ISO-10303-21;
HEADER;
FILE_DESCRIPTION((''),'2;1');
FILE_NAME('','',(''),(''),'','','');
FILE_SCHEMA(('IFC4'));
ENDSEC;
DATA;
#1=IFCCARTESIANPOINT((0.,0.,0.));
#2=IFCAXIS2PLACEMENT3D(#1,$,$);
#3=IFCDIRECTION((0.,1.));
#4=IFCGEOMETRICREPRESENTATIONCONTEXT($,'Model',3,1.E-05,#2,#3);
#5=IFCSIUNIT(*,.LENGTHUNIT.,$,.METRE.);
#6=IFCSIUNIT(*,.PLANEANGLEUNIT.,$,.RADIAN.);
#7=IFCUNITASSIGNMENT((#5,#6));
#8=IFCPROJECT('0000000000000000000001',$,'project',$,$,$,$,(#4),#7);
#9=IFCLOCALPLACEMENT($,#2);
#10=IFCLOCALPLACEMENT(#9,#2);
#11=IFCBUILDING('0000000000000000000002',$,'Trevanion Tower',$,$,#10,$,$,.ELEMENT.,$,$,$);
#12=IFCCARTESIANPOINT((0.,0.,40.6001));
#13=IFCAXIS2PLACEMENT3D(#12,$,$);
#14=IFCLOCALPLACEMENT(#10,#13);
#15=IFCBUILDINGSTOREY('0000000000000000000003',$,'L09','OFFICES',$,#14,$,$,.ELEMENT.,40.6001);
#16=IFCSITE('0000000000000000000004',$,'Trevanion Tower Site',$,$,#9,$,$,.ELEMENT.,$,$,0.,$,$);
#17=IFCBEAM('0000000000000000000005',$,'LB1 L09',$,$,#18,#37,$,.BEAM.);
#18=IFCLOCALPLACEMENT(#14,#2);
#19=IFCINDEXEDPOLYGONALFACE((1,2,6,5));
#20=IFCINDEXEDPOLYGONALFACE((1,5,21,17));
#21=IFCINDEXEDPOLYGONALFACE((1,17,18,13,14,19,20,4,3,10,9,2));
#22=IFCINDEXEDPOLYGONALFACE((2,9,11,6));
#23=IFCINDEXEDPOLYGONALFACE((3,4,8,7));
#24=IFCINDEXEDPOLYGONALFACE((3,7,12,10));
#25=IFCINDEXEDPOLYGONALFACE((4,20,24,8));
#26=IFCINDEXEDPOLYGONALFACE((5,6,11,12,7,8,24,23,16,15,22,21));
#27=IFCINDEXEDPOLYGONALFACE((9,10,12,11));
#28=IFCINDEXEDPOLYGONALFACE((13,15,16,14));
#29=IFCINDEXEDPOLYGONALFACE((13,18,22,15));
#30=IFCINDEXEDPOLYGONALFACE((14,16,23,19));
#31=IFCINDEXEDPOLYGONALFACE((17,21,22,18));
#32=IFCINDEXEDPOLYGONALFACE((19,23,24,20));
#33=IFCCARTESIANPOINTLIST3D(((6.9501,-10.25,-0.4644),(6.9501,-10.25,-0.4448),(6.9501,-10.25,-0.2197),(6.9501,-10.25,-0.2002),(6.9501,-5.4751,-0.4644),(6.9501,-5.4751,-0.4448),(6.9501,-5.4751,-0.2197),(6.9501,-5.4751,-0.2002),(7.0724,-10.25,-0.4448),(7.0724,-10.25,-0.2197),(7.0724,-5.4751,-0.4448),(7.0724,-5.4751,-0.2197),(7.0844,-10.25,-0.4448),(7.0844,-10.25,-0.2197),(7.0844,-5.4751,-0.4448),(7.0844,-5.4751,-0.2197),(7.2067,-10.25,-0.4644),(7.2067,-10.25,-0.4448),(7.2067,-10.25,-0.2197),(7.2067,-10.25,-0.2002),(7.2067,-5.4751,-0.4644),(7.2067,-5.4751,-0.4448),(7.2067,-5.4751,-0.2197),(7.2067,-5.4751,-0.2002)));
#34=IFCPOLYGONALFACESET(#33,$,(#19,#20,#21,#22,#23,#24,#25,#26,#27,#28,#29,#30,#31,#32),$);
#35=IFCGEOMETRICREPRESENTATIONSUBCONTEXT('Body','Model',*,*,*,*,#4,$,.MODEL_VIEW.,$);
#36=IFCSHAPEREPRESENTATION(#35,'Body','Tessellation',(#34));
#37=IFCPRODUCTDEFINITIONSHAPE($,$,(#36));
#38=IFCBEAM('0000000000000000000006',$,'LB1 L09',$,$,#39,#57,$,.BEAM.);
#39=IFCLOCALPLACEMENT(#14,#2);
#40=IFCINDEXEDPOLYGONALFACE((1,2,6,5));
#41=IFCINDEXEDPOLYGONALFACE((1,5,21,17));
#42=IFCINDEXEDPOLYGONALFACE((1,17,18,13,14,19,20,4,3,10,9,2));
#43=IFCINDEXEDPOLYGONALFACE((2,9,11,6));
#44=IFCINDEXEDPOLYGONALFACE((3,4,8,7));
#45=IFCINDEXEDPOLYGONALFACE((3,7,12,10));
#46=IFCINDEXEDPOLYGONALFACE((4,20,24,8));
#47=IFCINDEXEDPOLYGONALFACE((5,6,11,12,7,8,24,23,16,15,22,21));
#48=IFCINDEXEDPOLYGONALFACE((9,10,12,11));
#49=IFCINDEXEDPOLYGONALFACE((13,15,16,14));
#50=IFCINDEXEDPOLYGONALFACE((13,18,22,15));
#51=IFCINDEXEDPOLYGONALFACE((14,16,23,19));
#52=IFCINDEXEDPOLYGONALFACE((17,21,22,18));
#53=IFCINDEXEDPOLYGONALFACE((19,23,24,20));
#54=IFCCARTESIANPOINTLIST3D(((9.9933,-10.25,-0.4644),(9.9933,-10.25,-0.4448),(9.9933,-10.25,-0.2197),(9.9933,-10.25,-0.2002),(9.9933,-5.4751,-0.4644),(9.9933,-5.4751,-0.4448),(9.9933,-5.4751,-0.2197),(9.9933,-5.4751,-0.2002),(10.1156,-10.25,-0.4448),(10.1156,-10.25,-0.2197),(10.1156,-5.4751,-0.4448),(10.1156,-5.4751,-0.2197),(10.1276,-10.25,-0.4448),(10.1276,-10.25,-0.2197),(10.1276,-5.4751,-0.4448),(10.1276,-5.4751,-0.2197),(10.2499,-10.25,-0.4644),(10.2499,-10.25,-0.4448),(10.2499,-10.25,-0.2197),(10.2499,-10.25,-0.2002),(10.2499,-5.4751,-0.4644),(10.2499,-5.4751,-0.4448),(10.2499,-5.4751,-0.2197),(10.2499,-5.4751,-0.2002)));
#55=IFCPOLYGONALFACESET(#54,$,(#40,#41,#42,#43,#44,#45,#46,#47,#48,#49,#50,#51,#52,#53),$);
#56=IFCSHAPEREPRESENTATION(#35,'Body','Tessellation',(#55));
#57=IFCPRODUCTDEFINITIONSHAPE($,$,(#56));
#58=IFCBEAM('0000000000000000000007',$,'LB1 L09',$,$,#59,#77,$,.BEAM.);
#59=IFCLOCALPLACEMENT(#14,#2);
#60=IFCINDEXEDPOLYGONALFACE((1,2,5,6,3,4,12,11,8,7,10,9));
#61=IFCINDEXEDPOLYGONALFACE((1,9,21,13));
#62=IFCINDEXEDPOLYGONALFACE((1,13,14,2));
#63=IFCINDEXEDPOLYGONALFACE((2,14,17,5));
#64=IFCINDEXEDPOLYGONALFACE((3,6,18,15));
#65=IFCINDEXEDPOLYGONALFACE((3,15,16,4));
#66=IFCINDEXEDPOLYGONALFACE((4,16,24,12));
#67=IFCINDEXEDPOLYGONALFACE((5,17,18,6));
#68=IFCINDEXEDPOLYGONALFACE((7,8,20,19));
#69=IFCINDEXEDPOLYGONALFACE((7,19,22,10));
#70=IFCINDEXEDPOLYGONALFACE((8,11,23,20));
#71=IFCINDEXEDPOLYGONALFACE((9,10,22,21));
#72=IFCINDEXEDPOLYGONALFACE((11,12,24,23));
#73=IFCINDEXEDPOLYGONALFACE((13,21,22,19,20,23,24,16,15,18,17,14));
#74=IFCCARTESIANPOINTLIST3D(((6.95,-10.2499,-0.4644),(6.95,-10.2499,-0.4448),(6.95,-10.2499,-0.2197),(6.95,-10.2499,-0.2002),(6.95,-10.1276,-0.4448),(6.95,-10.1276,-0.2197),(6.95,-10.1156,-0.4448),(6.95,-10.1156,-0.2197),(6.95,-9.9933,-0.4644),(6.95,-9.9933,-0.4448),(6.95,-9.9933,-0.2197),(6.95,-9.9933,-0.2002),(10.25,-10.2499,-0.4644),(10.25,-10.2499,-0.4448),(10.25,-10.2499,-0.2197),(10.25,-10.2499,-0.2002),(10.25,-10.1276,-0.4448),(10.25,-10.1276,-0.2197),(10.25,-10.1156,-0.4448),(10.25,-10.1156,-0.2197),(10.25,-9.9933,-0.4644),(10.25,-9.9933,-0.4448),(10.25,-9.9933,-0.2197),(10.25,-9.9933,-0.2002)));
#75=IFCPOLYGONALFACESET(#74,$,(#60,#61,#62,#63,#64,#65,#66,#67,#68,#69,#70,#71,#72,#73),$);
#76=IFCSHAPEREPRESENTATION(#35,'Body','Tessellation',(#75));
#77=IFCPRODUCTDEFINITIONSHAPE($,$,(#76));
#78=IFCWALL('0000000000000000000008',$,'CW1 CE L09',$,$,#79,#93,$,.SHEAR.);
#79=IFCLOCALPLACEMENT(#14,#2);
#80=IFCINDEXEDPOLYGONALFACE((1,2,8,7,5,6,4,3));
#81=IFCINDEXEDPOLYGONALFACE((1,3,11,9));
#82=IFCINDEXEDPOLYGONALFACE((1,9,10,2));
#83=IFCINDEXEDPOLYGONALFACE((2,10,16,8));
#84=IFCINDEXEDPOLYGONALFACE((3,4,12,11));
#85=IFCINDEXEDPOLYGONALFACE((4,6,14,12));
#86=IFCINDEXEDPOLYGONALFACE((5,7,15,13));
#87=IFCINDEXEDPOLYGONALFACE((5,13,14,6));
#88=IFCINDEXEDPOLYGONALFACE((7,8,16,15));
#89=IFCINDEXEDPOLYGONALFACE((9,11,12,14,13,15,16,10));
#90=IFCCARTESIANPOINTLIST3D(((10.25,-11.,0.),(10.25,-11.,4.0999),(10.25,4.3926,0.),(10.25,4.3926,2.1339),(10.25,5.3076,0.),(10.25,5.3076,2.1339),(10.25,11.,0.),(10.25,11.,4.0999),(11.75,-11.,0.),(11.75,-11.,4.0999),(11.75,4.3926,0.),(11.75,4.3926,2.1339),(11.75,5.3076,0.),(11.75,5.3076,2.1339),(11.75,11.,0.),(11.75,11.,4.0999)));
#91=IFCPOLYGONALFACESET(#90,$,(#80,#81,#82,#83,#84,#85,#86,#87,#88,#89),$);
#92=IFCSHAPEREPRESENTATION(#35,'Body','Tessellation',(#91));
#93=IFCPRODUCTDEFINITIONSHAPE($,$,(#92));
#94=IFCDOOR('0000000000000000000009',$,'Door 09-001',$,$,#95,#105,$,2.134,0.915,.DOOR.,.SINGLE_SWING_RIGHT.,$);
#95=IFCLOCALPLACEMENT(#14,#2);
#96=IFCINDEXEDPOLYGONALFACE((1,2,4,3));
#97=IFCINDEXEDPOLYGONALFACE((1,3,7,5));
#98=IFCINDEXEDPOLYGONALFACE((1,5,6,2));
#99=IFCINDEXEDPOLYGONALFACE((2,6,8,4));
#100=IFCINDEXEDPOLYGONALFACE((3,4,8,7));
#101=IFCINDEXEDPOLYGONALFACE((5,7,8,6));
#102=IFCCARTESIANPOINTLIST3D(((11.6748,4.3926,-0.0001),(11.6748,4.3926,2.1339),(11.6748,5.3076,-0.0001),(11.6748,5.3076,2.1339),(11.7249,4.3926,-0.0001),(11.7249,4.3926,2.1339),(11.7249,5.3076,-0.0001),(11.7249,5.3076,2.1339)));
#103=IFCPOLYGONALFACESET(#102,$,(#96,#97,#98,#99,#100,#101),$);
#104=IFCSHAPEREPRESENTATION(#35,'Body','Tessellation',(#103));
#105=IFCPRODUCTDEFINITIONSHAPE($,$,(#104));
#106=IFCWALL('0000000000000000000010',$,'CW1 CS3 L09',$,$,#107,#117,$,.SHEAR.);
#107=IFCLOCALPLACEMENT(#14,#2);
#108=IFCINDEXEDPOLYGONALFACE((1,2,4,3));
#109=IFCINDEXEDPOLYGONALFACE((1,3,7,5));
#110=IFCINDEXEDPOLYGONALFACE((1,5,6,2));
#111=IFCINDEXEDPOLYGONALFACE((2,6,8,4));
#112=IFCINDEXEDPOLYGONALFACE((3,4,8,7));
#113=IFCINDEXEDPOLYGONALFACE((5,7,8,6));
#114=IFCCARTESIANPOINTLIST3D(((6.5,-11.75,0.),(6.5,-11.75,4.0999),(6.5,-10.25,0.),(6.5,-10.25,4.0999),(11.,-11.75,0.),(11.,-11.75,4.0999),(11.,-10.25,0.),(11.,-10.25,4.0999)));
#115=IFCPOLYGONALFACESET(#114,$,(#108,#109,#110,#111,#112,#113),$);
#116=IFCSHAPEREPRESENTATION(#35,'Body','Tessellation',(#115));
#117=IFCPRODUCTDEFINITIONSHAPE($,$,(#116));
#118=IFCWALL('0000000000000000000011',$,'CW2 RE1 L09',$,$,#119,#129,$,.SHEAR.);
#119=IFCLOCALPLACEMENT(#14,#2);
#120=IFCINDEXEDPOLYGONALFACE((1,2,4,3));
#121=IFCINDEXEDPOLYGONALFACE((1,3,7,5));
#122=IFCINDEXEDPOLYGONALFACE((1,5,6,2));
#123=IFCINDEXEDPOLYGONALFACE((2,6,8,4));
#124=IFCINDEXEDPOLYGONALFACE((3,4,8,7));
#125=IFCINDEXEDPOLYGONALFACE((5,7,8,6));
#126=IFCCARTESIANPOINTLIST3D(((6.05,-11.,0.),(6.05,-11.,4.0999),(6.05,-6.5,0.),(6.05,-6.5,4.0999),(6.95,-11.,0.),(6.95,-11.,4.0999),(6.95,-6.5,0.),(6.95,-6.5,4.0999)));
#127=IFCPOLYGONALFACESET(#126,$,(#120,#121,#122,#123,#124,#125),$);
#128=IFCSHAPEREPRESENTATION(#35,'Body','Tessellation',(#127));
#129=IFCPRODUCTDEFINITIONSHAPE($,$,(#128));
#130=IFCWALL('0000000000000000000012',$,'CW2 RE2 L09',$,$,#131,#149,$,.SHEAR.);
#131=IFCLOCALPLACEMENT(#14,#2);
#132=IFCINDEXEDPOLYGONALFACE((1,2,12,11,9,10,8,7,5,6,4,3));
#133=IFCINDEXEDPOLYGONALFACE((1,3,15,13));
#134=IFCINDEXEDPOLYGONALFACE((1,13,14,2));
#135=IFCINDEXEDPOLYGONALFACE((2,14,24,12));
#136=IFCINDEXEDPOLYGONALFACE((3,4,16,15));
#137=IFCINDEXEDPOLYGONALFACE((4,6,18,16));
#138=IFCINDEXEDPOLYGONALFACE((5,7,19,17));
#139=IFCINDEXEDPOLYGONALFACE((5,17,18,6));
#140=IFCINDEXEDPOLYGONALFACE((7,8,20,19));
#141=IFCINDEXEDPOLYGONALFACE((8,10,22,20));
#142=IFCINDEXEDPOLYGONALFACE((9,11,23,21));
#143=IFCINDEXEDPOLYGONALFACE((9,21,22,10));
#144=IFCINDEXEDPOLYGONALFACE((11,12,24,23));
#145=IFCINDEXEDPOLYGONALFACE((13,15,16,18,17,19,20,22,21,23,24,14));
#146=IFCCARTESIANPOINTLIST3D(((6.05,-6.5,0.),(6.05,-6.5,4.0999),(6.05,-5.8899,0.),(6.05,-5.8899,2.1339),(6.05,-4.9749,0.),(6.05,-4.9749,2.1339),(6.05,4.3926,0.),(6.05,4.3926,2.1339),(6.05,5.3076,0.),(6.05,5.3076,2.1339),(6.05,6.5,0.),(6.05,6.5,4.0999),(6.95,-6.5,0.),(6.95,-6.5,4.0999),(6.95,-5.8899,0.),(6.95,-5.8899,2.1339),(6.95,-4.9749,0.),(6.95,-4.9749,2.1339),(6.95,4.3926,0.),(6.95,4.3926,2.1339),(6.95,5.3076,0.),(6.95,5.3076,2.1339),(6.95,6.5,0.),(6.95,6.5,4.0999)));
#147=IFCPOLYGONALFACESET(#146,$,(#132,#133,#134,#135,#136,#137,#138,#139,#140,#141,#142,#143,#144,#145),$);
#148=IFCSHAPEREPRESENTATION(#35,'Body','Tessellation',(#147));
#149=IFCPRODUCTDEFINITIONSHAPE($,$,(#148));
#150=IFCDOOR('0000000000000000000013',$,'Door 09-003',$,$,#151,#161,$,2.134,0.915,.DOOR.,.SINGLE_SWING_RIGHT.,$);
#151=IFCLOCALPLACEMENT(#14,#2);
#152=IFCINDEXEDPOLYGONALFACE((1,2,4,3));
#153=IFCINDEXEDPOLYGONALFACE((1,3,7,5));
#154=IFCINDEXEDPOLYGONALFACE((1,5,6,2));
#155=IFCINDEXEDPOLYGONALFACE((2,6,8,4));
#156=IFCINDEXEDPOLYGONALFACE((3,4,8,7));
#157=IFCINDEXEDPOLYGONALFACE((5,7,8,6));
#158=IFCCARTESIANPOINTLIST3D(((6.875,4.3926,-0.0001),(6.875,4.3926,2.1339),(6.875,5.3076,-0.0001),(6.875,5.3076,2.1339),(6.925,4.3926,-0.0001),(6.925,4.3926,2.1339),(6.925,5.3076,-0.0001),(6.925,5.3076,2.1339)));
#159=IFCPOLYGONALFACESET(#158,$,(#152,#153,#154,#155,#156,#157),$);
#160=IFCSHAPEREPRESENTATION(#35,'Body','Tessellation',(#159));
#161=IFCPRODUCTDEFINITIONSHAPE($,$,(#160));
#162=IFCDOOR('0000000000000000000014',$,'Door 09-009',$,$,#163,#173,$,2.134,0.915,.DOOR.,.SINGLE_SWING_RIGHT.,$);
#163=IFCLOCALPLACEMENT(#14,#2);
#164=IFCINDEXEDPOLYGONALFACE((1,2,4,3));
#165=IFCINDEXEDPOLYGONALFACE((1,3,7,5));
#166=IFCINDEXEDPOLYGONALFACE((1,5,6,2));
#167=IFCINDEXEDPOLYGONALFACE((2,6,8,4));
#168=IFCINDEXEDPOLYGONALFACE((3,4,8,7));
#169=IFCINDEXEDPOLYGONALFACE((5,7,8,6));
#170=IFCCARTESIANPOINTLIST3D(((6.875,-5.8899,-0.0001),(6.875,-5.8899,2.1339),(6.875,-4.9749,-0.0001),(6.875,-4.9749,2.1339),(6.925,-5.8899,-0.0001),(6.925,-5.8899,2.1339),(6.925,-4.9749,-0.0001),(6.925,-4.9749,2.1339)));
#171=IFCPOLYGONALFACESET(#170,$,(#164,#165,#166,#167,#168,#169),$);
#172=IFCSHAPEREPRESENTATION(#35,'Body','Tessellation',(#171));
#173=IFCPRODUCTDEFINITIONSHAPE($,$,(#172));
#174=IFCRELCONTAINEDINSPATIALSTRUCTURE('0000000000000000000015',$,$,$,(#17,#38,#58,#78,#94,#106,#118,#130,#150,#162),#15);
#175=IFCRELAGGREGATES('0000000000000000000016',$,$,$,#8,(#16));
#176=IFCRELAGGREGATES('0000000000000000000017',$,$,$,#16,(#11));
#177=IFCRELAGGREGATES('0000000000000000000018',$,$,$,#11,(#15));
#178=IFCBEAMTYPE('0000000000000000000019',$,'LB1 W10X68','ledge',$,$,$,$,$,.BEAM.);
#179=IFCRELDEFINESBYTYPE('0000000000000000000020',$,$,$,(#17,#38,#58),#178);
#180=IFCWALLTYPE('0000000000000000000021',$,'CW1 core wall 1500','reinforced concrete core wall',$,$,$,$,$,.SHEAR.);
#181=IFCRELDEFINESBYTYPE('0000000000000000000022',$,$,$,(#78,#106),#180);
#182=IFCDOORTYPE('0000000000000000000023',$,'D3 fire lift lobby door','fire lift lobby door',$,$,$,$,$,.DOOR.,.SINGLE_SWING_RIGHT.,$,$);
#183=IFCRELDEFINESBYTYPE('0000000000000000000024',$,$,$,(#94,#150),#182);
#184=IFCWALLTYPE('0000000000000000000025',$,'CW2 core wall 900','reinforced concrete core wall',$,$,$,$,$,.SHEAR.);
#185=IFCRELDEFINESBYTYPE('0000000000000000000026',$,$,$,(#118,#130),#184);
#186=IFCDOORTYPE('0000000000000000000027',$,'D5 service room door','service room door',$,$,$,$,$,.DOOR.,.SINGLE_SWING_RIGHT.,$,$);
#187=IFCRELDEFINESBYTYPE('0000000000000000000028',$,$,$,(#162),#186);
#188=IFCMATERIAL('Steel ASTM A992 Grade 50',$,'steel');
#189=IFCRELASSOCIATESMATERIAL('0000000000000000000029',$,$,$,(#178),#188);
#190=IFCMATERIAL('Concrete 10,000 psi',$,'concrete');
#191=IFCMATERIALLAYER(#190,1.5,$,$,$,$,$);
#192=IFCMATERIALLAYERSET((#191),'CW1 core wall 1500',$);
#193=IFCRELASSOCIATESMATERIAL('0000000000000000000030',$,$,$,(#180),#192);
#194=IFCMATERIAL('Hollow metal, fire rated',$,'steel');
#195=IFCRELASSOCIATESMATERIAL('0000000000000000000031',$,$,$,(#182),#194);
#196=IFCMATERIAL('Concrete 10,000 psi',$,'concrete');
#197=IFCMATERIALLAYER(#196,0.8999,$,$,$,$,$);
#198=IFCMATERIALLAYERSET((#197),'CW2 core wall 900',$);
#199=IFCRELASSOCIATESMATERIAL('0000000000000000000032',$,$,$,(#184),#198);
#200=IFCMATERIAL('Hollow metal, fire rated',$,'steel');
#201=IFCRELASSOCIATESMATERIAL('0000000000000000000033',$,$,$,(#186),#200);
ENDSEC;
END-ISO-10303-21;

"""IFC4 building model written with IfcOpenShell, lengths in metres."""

from ifc_helpers import new_model, si_unit, direction, frame, frame_2d, origin, origin_2d, place, context, subcontext, project, spatial, rectangle, i_section, extrude, material, layer, layer_set, material_profile, profile_set, type_object, element, fill, save


model = new_model("IFC4")

# Units and contexts
model_context = context("Model", 3, precision=1e-05, world=origin(), true_north=direction((0.0, 1.0)))
body_context = subcontext(model_context, "Body", "Model", "MODEL_VIEW")
ifc_project = project(units=[si_unit("LENGTHUNIT", "METRE"), si_unit("PLANEANGLEUNIT", "RADIAN")], contexts=[model_context])

# Site, building, storey
site_placement = place(None, origin())
site = spatial("IfcSite", under=ifc_project, at=site_placement, Name="Trevanion Tower Site", CompositionType="ELEMENT", RefElevation=0.0)
building_placement = place(site_placement, origin())
building = spatial("IfcBuilding", under=site, at=building_placement, Name="Trevanion Tower", CompositionType="ELEMENT")
storey_placement = place(building_placement, frame((0.0, 0.0, 40.6001)))
storey = spatial("IfcBuildingStorey", under=building, at=storey_placement, Name="L09", Description="OFFICES", CompositionType="ELEMENT", Elevation=40.6001)

# Beams
ifc_material_1 = material(Name="Steel ASTM A992 Grade 50", Category="steel")
ifc_material_profile_1 = material_profile(ifc_material_1, i_section(OverallWidth=0.2566, OverallDepth=0.2642, WebThickness=0.012, FlangeThickness=0.0195, at=origin_2d()), Name="W10X68")
ifc_profile_set_1 = profile_set([ifc_material_profile_1], Name="Steel ASTM A992 Grade 50")
beam_type_1 = type_object("IfcBeamType", Name="LB1 W10X68", Description="ledge", PredefinedType="BEAM", material=ifc_profile_set_1)
for number, where, z_axis, x_axis, name in (
    (1, (7.0784, -10.25, -0.3323), (0.0, 1.0, 0.0), (-1.0, 0.0, 0.0), "LB1 L09"),
    (2, (10.1216, -10.25, -0.3323), (0.0, 1.0, 0.0), (-1.0, 0.0, 0.0), "LB1 L09"),
):
    element("IfcBeam", number, at=place(storey_placement, frame(where, z_axis=z_axis, x_axis=x_axis)), inside=storey, type_object=beam_type_1, Name=name, PredefinedType="BEAM", context=body_context, shape_type="SweptSolid", body=[
        extrude(i_section(OverallWidth=0.2566, OverallDepth=0.2642, WebThickness=0.012, FlangeThickness=0.0195, at=origin_2d()), origin(), (0.0, 0.0, 1.0), 4.7749),
    ])
beam_1_placement = place(storey_placement, frame((6.95, -10.1216, -0.3323), z_axis=(1.0, 0.0, 0.0), x_axis=(0.0, 1.0, 0.0)))
element("IfcBeam", 3, at=beam_1_placement, inside=storey, type_object=beam_type_1, Name="LB1 L09", PredefinedType="BEAM", context=body_context, shape_type="SweptSolid", body=[
    extrude(i_section(OverallWidth=0.2566, OverallDepth=0.2642, WebThickness=0.012, FlangeThickness=0.0195, at=origin_2d()), origin(), (0.0, 0.0, 1.0), 3.3),
])

# Wall, opening, door
ifc_material_2 = material(Name="Concrete 10,000 psi", Category="concrete")
ifc_layer_1 = layer(ifc_material_2, 1.5)
ifc_layer_set_1 = layer_set([ifc_layer_1], Name="CW1 core wall 1500")
wall_type_1 = type_object("IfcWallType", Name="CW1 core wall 1500", Description="reinforced concrete core wall", PredefinedType="SHEAR", material=ifc_layer_set_1)
wall_1_placement = place(storey_placement, frame((11.0, -11.0, 0.0), z_axis=(0.0, 0.0, 1.0), x_axis=(0.0, 1.0, 0.0)))
wall_1 = element("IfcWall", 4, at=wall_1_placement, inside=storey, type_object=wall_type_1, Name="CW1 CE L09", PredefinedType="SHEAR", context=body_context, shape_type="SweptSolid", body=[
    extrude(rectangle(XDim=22.0, YDim=1.5, at=frame_2d((11.0, 0.0))), origin(), (0.0, 0.0, 1.0), 4.0999),
])
opening_1_placement = place(wall_1_placement, frame((15.3926, 0.0, 0.0)))
opening_1 = element("IfcOpeningElement", 5, at=opening_1_placement, cuts=wall_1, PredefinedType="OPENING", context=body_context, shape_type="SweptSolid", body=[
    extrude(rectangle(XDim=0.915, YDim=2.134, at=frame_2d((0.4575, 1.0669))), frame((0.0, 0.76, 0.0), z_axis=(0.0, -1.0, 0.0), x_axis=(1.0, 0.0, 0.0)), (0.0, 0.0, 1.0), 1.52),
])
ifc_material_3 = material(Name="Hollow metal, fire rated", Category="steel")
door_type_1 = type_object("IfcDoorType", Name="D3 fire lift lobby door", Description="fire lift lobby door", OperationType="SINGLE_SWING_RIGHT", PredefinedType="DOOR", material=ifc_material_3)
door_1_placement = place(opening_1_placement, origin())
door_1 = element("IfcDoor", 6, at=door_1_placement, inside=storey, type_object=door_type_1, Name="Door 09-001", OperationType="SINGLE_SWING_RIGHT", OverallHeight=2.134, OverallWidth=0.915, PredefinedType="DOOR", context=body_context, shape_type="SweptSolid", body=[
    extrude(rectangle(XDim=0.915, YDim=2.134, at=frame_2d((0.4575, 1.0669))), frame((0.0, -0.6748, 0.0), z_axis=(0.0, -1.0, 0.0), x_axis=(1.0, 0.0, 0.0)), (0.0, 0.0, 1.0), 0.05),
])
fill(opening_1, door_1)

# Walls
wall_2_placement = place(storey_placement, frame((6.5, -11.0, 0.0), z_axis=(0.0, 0.0, 1.0), x_axis=(1.0, 0.0, 0.0)))
element("IfcWall", 7, at=wall_2_placement, inside=storey, type_object=wall_type_1, Name="CW1 CS3 L09", PredefinedType="SHEAR", context=body_context, shape_type="SweptSolid", body=[
    extrude(rectangle(XDim=4.5, YDim=1.5, at=frame_2d((2.25, 0.0))), origin(), (0.0, 0.0, 1.0), 4.0999),
])
ifc_material_4 = material(Name="Concrete 10,000 psi", Category="concrete")
ifc_layer_2 = layer(ifc_material_4, 0.8999)
ifc_layer_set_2 = layer_set([ifc_layer_2], Name="CW2 core wall 900")
wall_type_2 = type_object("IfcWallType", Name="CW2 core wall 900", Description="reinforced concrete core wall", PredefinedType="SHEAR", material=ifc_layer_set_2)
wall_3_placement = place(storey_placement, frame((6.5, -11.0, 0.0), z_axis=(0.0, 0.0, 1.0), x_axis=(0.0, 1.0, 0.0)))
element("IfcWall", 8, at=wall_3_placement, inside=storey, type_object=wall_type_2, Name="CW2 RE1 L09", PredefinedType="SHEAR", context=body_context, shape_type="SweptSolid", body=[
    extrude(rectangle(XDim=4.5, YDim=0.8999, at=frame_2d((2.25, 0.0))), origin(), (0.0, 0.0, 1.0), 4.0999),
])

# Wall, openings, doors
wall_4_placement = place(storey_placement, frame((6.5, -6.5, 0.0), z_axis=(0.0, 0.0, 1.0), x_axis=(0.0, 1.0, 0.0)))
wall_4 = element("IfcWall", 9, at=wall_4_placement, inside=storey, type_object=wall_type_2, Name="CW2 RE2 L09", PredefinedType="SHEAR", context=body_context, shape_type="SweptSolid", body=[
    extrude(rectangle(XDim=13.0, YDim=0.8999, at=frame_2d((6.5, 0.0))), origin(), (0.0, 0.0, 1.0), 4.0999),
])
opening_2_placement = place(wall_4_placement, frame((10.8926, 0.0, 0.0)))
opening_2 = element("IfcOpeningElement", 10, at=opening_2_placement, cuts=wall_4, PredefinedType="OPENING", context=body_context, shape_type="SweptSolid", body=[
    extrude(rectangle(XDim=0.915, YDim=2.134, at=frame_2d((0.4575, 1.0669))), frame((0.0, 0.46, 0.0), z_axis=(0.0, -1.0, 0.0), x_axis=(1.0, 0.0, 0.0)), (0.0, 0.0, 1.0), 0.9199),
])
opening_3_placement = place(wall_4_placement, frame((0.6101, 0.0, 0.0)))
opening_3 = element("IfcOpeningElement", 11, at=opening_3_placement, cuts=wall_4, PredefinedType="OPENING", context=body_context, shape_type="SweptSolid", body=[
    extrude(rectangle(XDim=0.915, YDim=2.134, at=frame_2d((0.4575, 1.0669))), frame((0.0, 0.46, 0.0), z_axis=(0.0, -1.0, 0.0), x_axis=(1.0, 0.0, 0.0)), (0.0, 0.0, 1.0), 0.9199),
])
door_2_placement = place(opening_2_placement, origin())
door_2 = element("IfcDoor", 12, at=door_2_placement, inside=storey, type_object=door_type_1, Name="Door 09-003", OperationType="SINGLE_SWING_RIGHT", OverallHeight=2.134, OverallWidth=0.915, PredefinedType="DOOR", context=body_context, shape_type="SweptSolid", body=[
    extrude(rectangle(XDim=0.915, YDim=2.134, at=frame_2d((0.4575, 1.0669))), frame((0.0, -0.375, 0.0), z_axis=(0.0, -1.0, 0.0), x_axis=(1.0, 0.0, 0.0)), (0.0, 0.0, 1.0), 0.05),
])
fill(opening_2, door_2)
ifc_material_5 = material(Name="Hollow metal, fire rated", Category="steel")
door_type_2 = type_object("IfcDoorType", Name="D5 service room door", Description="service room door", OperationType="SINGLE_SWING_RIGHT", PredefinedType="DOOR", material=ifc_material_5)
door_3_placement = place(opening_3_placement, origin())
door_3 = element("IfcDoor", 13, at=door_3_placement, inside=storey, type_object=door_type_2, Name="Door 09-009", OperationType="SINGLE_SWING_RIGHT", OverallHeight=2.134, OverallWidth=0.915, PredefinedType="DOOR", context=body_context, shape_type="SweptSolid", body=[
    extrude(rectangle(XDim=0.915, YDim=2.134, at=frame_2d((0.4575, 1.0669))), frame((0.0, -0.375, 0.0), z_axis=(0.0, -1.0, 0.0), x_axis=(1.0, 0.0, 0.0)), (0.0, 0.0, 1.0), 0.05),
])
fill(opening_3, door_3)

save(model, "model.ifc")
